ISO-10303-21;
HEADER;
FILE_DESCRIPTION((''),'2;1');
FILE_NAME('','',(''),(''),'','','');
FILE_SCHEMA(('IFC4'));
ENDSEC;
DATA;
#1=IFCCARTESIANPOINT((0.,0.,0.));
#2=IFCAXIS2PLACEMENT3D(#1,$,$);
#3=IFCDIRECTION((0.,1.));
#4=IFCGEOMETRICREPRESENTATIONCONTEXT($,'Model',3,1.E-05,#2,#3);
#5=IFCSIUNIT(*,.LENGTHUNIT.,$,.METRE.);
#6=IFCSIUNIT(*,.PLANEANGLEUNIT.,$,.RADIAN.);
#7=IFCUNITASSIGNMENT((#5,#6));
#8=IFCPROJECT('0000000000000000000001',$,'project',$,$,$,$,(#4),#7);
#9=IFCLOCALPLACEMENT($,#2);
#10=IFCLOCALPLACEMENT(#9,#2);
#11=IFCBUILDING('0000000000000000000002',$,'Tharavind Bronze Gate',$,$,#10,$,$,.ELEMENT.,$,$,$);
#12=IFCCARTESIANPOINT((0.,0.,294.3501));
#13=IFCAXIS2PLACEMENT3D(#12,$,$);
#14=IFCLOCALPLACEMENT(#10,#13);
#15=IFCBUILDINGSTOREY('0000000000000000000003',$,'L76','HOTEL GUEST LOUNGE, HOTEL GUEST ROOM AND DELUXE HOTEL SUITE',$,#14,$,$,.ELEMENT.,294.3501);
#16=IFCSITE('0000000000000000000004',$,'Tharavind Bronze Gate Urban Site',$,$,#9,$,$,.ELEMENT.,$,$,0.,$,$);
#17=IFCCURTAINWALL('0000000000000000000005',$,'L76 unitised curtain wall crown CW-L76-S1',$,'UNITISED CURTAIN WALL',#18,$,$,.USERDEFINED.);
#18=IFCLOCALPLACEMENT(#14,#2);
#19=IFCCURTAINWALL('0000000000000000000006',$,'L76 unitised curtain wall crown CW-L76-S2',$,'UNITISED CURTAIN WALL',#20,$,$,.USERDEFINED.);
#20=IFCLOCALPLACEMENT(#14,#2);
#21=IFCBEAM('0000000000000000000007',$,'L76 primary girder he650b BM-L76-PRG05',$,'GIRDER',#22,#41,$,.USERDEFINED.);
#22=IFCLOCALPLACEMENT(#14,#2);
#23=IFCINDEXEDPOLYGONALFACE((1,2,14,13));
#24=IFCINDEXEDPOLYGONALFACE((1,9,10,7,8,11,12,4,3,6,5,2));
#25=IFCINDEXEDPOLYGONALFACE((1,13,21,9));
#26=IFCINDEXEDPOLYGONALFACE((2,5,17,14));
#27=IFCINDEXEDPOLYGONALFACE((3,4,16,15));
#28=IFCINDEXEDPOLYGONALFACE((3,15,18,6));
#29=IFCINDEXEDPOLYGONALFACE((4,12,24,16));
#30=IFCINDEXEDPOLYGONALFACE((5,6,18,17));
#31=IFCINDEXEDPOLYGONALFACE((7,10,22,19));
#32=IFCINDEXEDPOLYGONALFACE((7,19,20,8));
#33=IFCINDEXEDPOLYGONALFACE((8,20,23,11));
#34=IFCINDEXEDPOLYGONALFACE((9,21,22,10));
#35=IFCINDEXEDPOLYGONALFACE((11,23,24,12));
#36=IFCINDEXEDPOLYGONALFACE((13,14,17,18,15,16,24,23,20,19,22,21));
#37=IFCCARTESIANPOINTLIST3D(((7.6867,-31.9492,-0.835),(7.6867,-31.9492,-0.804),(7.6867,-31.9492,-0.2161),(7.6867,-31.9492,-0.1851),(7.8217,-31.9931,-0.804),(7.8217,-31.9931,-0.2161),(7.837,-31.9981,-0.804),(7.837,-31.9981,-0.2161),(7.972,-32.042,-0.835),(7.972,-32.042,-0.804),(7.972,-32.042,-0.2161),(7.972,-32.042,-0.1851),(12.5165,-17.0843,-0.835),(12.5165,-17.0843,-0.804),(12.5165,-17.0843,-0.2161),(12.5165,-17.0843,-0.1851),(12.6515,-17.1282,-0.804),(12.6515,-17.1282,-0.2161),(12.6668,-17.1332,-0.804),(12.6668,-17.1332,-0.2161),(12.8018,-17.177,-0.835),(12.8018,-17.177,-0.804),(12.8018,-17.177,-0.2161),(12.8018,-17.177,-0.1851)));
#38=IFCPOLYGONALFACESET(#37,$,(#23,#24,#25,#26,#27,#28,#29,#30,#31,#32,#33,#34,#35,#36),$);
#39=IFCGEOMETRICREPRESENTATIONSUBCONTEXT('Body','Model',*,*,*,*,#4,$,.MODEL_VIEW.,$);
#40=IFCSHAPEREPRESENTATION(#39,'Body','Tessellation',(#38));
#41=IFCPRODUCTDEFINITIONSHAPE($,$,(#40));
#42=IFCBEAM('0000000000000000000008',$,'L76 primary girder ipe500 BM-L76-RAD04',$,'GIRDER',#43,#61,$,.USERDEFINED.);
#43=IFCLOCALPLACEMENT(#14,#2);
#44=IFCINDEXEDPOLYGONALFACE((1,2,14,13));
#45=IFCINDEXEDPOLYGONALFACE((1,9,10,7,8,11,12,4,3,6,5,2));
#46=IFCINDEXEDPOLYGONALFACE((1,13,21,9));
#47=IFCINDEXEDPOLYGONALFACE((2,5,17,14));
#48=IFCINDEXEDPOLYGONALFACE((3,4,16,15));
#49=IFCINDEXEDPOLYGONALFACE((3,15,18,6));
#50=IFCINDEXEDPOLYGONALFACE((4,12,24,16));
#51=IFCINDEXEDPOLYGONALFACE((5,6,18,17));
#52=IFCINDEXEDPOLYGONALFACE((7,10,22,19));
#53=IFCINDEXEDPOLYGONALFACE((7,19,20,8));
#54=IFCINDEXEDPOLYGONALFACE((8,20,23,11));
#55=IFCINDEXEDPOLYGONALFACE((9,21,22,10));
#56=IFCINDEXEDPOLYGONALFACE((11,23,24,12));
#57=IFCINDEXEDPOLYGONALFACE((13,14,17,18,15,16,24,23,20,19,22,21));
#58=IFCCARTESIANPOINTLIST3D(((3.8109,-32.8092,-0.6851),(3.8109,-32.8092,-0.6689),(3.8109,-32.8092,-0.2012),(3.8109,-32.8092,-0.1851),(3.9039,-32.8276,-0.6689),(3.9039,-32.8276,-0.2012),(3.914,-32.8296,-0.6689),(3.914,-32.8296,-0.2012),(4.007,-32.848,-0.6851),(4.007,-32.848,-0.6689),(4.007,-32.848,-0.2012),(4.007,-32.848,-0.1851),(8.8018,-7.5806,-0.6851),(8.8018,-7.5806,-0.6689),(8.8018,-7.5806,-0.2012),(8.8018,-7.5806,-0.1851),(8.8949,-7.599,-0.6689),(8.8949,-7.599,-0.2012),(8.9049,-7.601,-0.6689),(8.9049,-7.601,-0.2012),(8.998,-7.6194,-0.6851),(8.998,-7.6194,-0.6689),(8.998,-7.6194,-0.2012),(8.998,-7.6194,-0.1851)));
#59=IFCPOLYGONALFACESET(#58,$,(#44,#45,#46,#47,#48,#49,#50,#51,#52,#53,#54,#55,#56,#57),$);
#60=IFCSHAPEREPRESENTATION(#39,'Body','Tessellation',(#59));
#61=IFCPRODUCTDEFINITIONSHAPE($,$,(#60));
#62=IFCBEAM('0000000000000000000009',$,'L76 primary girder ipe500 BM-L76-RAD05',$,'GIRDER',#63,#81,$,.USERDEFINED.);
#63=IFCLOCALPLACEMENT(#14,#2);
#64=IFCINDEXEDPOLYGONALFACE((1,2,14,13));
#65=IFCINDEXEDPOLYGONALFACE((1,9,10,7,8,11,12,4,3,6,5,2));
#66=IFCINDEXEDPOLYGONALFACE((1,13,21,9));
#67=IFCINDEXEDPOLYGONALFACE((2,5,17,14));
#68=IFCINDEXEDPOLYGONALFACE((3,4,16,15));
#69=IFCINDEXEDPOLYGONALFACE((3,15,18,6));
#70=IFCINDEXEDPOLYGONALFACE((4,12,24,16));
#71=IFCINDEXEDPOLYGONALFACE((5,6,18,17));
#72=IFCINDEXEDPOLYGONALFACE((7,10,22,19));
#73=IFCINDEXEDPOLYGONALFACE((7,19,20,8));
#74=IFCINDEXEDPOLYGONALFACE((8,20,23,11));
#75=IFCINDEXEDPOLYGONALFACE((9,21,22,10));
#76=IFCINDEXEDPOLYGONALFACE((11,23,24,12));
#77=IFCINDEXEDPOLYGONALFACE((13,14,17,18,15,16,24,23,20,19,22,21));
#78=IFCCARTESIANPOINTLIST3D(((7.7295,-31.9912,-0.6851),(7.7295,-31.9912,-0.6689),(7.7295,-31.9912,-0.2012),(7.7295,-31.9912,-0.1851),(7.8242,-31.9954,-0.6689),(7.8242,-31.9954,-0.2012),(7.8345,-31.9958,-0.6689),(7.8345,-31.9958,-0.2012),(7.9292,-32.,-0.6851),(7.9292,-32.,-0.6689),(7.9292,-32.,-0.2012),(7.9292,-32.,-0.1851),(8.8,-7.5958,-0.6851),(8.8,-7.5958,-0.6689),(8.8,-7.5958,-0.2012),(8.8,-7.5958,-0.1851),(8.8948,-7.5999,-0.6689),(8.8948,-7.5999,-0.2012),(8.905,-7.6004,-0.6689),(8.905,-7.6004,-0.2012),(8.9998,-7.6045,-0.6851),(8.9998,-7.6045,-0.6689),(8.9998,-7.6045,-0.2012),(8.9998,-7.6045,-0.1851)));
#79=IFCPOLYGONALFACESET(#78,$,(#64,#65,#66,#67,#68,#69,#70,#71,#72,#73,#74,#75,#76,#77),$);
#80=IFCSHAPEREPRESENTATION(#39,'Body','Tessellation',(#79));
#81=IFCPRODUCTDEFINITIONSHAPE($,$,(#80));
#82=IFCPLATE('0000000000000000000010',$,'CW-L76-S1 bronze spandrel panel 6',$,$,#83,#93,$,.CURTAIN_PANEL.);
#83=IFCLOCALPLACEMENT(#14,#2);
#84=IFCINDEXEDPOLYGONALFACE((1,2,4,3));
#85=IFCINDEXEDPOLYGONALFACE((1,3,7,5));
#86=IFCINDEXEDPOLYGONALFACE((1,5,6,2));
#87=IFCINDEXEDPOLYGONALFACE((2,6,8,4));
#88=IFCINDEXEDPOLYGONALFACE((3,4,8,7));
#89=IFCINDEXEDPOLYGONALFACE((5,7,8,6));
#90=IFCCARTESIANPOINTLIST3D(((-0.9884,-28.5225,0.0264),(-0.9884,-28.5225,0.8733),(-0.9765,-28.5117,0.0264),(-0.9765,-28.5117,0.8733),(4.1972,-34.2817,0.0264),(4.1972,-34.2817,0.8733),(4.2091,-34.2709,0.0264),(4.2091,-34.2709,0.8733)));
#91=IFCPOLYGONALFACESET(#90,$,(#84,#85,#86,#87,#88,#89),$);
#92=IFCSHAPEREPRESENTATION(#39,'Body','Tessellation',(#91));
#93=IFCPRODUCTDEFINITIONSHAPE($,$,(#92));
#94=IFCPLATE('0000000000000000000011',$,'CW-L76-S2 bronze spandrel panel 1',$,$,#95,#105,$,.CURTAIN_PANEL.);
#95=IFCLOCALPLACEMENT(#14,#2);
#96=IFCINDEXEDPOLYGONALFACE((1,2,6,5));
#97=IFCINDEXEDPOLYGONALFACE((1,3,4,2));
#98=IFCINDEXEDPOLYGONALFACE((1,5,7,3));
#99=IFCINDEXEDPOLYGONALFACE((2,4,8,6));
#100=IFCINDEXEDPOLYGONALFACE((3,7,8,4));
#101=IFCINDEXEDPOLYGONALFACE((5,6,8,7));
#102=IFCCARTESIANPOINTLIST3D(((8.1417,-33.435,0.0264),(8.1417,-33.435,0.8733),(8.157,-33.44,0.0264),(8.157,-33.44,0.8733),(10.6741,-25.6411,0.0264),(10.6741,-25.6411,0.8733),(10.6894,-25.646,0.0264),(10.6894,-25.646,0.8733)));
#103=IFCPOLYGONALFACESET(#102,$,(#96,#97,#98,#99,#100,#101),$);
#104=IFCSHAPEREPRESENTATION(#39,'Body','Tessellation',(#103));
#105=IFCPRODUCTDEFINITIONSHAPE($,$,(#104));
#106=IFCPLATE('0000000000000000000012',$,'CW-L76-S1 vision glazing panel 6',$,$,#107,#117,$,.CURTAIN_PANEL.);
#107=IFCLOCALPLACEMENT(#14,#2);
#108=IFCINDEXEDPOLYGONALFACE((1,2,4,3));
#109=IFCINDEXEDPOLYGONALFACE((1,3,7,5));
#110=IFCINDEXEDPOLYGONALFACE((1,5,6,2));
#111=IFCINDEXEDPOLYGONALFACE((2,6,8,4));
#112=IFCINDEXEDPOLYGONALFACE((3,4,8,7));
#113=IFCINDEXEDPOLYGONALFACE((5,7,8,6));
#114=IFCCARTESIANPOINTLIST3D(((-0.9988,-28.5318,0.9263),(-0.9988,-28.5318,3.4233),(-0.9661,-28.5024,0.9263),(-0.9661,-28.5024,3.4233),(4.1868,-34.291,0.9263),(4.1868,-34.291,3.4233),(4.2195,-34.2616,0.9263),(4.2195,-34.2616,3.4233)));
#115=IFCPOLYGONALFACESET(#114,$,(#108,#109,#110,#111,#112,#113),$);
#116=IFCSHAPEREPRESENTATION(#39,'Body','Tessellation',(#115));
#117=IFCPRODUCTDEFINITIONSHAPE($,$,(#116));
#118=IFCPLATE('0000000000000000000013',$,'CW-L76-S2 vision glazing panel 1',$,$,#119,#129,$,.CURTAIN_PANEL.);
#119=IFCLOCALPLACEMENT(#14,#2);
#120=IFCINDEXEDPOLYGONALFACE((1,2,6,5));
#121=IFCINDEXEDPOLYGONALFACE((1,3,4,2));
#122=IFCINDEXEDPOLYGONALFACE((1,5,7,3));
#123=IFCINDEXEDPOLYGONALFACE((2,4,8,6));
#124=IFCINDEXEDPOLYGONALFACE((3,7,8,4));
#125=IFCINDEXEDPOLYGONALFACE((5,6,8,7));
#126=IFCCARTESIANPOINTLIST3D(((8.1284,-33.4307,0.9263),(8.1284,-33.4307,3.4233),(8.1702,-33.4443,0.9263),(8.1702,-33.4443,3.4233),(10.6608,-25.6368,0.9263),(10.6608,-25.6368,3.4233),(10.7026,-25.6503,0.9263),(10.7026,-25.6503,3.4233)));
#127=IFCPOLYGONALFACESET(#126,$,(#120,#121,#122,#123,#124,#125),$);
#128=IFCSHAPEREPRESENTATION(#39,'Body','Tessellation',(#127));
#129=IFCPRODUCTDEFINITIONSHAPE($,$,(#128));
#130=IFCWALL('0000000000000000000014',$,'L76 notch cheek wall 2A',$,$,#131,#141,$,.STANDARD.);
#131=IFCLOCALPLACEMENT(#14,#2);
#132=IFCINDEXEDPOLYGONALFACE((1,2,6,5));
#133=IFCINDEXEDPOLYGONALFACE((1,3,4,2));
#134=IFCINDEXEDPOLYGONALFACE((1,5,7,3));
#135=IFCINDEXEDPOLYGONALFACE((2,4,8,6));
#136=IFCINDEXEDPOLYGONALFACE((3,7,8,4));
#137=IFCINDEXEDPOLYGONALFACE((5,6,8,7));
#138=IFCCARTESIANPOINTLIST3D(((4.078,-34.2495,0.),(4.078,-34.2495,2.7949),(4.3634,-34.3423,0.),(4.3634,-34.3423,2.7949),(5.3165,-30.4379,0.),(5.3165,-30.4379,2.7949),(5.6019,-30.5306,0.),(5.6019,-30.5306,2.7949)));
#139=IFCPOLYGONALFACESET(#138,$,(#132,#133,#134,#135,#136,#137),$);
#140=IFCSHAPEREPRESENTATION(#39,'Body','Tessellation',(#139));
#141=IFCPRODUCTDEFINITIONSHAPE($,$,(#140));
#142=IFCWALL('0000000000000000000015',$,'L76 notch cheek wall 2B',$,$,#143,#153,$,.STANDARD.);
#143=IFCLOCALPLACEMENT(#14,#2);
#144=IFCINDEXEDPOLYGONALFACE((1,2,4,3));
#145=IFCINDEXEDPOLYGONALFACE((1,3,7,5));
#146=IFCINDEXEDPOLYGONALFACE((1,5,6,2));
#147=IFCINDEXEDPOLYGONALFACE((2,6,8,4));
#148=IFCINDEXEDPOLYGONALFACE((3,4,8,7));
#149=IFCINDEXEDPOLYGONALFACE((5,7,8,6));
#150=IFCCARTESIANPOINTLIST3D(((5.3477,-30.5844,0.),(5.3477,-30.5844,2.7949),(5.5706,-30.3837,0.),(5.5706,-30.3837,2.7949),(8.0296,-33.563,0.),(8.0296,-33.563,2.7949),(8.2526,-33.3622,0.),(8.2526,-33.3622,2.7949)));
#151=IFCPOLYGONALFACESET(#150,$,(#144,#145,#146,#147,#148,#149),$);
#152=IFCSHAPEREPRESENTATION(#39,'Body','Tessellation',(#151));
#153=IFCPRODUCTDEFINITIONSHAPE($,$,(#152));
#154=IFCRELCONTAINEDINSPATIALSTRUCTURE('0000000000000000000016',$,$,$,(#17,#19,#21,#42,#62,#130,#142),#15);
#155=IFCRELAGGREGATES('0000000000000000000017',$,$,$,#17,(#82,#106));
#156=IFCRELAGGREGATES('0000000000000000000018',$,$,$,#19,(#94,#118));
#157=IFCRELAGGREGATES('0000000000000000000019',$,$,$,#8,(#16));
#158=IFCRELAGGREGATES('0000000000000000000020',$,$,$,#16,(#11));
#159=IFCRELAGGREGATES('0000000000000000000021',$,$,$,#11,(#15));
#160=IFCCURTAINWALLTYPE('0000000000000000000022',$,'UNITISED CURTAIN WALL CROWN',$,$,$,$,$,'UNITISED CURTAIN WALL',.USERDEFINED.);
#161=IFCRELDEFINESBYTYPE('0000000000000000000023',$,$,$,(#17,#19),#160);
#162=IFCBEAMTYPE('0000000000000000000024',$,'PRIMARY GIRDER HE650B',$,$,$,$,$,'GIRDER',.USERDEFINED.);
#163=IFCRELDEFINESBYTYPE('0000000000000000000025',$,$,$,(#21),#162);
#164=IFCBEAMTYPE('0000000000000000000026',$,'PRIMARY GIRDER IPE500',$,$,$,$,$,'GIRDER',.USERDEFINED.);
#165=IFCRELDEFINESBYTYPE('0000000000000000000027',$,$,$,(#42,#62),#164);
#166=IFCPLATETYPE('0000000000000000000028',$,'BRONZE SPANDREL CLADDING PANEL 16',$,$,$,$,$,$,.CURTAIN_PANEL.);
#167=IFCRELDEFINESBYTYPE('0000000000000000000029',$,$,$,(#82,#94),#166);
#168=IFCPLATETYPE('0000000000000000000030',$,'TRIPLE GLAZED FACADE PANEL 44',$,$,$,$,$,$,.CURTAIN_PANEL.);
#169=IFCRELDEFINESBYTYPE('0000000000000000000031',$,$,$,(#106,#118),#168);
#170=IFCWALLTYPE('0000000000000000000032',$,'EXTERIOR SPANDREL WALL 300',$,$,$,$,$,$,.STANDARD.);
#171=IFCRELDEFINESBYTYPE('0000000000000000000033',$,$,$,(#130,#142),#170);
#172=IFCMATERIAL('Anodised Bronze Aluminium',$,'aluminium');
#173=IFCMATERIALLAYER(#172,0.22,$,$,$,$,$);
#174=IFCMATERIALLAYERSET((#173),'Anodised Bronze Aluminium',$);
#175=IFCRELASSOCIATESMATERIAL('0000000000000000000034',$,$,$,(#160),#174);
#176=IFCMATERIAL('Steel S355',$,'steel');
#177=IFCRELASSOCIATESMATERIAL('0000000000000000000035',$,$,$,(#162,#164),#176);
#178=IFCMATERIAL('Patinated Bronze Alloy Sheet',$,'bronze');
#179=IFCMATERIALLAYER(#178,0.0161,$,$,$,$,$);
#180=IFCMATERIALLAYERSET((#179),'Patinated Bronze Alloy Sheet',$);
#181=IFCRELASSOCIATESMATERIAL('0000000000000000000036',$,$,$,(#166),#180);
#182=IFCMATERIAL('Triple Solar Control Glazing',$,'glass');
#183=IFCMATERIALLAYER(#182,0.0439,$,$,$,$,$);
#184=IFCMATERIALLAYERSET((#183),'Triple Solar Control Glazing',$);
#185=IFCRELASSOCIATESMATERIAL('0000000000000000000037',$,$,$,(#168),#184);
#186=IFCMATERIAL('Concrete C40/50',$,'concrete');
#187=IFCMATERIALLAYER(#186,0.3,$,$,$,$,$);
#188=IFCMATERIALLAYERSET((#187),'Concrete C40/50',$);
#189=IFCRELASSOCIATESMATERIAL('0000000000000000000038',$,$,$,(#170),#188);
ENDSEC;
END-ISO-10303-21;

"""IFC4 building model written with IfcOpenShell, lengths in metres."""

from ifc_helpers import new_model, si_unit, direction, frame, frame_2d, origin, origin_2d, place, context, subcontext, project, spatial, rectangle, i_section, extrude, material, layer, layer_set, material_profile, profile_set, type_object, element, aggregate, save


model = new_model("IFC4")

# Units and contexts
model_context = context("Model", 3, precision=1e-05, world=origin(), true_north=direction((0.0, 1.0)))
body_context = subcontext(model_context, "Body", "Model", "MODEL_VIEW")
ifc_project = project(units=[si_unit("LENGTHUNIT", "METRE"), si_unit("PLANEANGLEUNIT", "RADIAN")], contexts=[model_context])

# Site, building, storey
site_placement = place(None, origin())
site = spatial("IfcSite", under=ifc_project, at=site_placement, Name="Tharavind Bronze Gate Urban Site", CompositionType="ELEMENT", RefElevation=0.0)
building_placement = place(site_placement, origin())
building = spatial("IfcBuilding", under=site, at=building_placement, Name="Tharavind Bronze Gate", CompositionType="ELEMENT")
storey_placement = place(building_placement, frame((0.0, 0.0, 294.3501)))
storey = spatial("IfcBuildingStorey", under=building, at=storey_placement, Name="L76", Description="HOTEL GUEST LOUNGE, HOTEL GUEST ROOM AND DELUXE HOTEL SUITE", CompositionType="ELEMENT", Elevation=294.3501)

# Curtain wall
ifc_material_1 = material(Name="Anodised Bronze Aluminium", Category="aluminium")
ifc_layer_1 = layer(ifc_material_1, 0.22)
ifc_layer_set_1 = layer_set([ifc_layer_1], Name="Anodised Bronze Aluminium")
curtain_wall_type = type_object("IfcCurtainWallType", Name="UNITISED CURTAIN WALL CROWN", ElementType="UNITISED CURTAIN WALL", PredefinedType="USERDEFINED", material=ifc_layer_set_1)
curtain_wall_1_placement = place(storey_placement, origin())
curtain_wall_1 = element("IfcCurtainWall", 1, at=curtain_wall_1_placement, inside=storey, type_object=curtain_wall_type, Name="L76 unitised curtain wall crown CW-L76-S1", ObjectType="UNITISED CURTAIN WALL", PredefinedType="USERDEFINED")

# Curtain wall
curtain_wall_2_placement = place(storey_placement, origin())
curtain_wall_2 = element("IfcCurtainWall", 2, at=curtain_wall_2_placement, inside=storey, type_object=curtain_wall_type, Name="L76 unitised curtain wall crown CW-L76-S2", ObjectType="UNITISED CURTAIN WALL", PredefinedType="USERDEFINED")

# Beams
ifc_material_2 = material(Name="Steel S355", Category="steel")
ifc_material_profile_1 = material_profile(ifc_material_2, i_section(OverallWidth=0.3, OverallDepth=0.6499, WebThickness=0.0161, FlangeThickness=0.031, at=origin_2d()), Name="HE650B")
ifc_profile_set_1 = profile_set([ifc_material_profile_1], Name="Steel S355")
beam_type_1 = type_object("IfcBeamType", Name="PRIMARY GIRDER HE650B", ElementType="GIRDER", PredefinedType="USERDEFINED", material=ifc_profile_set_1)
beam_1_placement = place(storey_placement, frame((7.8293, -31.9956, -0.51), z_axis=(0.309012, 0.951058, 0.0), x_axis=(-0.951058, 0.309012, 0.0)))
element("IfcBeam", 3, at=beam_1_placement, inside=storey, type_object=beam_type_1, Name="L76 primary girder he650b BM-L76-PRG05", ObjectType="GIRDER", PredefinedType="USERDEFINED", context=body_context, shape_type="SweptSolid", body=[
    extrude(i_section(OverallWidth=0.3, OverallDepth=0.6499, WebThickness=0.0161, FlangeThickness=0.031, at=origin_2d()), origin(), (0.0, 0.0, 1.0), 15.6299),
])
ifc_material_profile_2 = material_profile(ifc_material_2, i_section(OverallWidth=0.2, OverallDepth=0.5, WebThickness=0.0103, FlangeThickness=0.0161, at=origin_2d()), Name="IPE500")
ifc_profile_set_2 = profile_set([ifc_material_profile_2], Name="Steel S355")
beam_type_2 = type_object("IfcBeamType", Name="PRIMARY GIRDER IPE500", ElementType="GIRDER", PredefinedType="USERDEFINED", material=ifc_profile_set_2)
beam_2_placement = place(storey_placement, frame((3.9089, -32.8286, -0.4351), z_axis=(0.194069, 0.980988, 0.0), x_axis=(-0.980988, 0.194069, 0.0)))
element("IfcBeam", 4, at=beam_2_placement, inside=storey, type_object=beam_type_2, Name="L76 primary girder ipe500 BM-L76-RAD04", ObjectType="GIRDER", PredefinedType="USERDEFINED", context=body_context, shape_type="SweptSolid", body=[
    extrude(i_section(OverallWidth=0.2, OverallDepth=0.5, WebThickness=0.0103, FlangeThickness=0.0161, at=origin_2d()), origin(), (0.0, 0.0, 1.0), 25.7175),
])
beam_3_placement = place(storey_placement, frame((7.8293, -31.9956, -0.4351), z_axis=(0.043841, 0.999039, 0.0), x_axis=(-0.999039, 0.043841, 0.0)))
element("IfcBeam", 5, at=beam_3_placement, inside=storey, type_object=beam_type_2, Name="L76 primary girder ipe500 BM-L76-RAD05", ObjectType="GIRDER", PredefinedType="USERDEFINED", context=body_context, shape_type="SweptSolid", body=[
    extrude(i_section(OverallWidth=0.2, OverallDepth=0.5, WebThickness=0.0103, FlangeThickness=0.0161, at=origin_2d()), origin(), (0.0, 0.0, 1.0), 24.4189),
])

# Plates
ifc_material_3 = material(Name="Patinated Bronze Alloy Sheet", Category="bronze")
ifc_layer_2 = layer(ifc_material_3, 0.0161)
ifc_layer_set_2 = layer_set([ifc_layer_2], Name="Patinated Bronze Alloy Sheet")
plate_type_1 = type_object("IfcPlateType", Name="BRONZE SPANDREL CLADDING PANEL 16", PredefinedType="CURTAIN_PANEL", material=ifc_layer_set_2)
plate_1_placement = place(storey_placement, frame((1.6104, -31.3967, 0.0264), z_axis=(0.0, 0.0, 1.0), x_axis=(0.669131, -0.743145, 0.0)))
plate_1 = element("IfcPlate", 6, at=plate_1_placement, type_object=plate_type_1, Name="CW-L76-S1 bronze spandrel panel 6", PredefinedType="CURTAIN_PANEL", context=body_context, shape_type="SweptSolid", body=[
    extrude(rectangle(XDim=7.7498, YDim=0.0161, at=origin_2d()), origin(), (0.0, 0.0, 1.0), 0.8469),
])
plate_2_placement = place(storey_placement, frame((9.4155, -29.5405, 0.0264), z_axis=(0.0, 0.0, 1.0), x_axis=(0.309017, 0.951057, 0.0)))
plate_2 = element("IfcPlate", 7, at=plate_2_placement, type_object=plate_type_1, Name="CW-L76-S2 bronze spandrel panel 1", PredefinedType="CURTAIN_PANEL", context=body_context, shape_type="SweptSolid", body=[
    extrude(rectangle(XDim=8.1951, YDim=0.0161, at=origin_2d()), origin(), (0.0, 0.0, 1.0), 0.8469),
])
ifc_material_4 = material(Name="Triple Solar Control Glazing", Category="glass")
ifc_layer_3 = layer(ifc_material_4, 0.0439)
ifc_layer_set_3 = layer_set([ifc_layer_3], Name="Triple Solar Control Glazing")
plate_type_2 = type_object("IfcPlateType", Name="TRIPLE GLAZED FACADE PANEL 44", PredefinedType="CURTAIN_PANEL", material=ifc_layer_set_3)
plate_3_placement = place(storey_placement, frame((1.6104, -31.3967, 0.9263), z_axis=(0.0, 0.0, 1.0), x_axis=(0.669131, -0.743145, 0.0)))
plate_3 = element("IfcPlate", 8, at=plate_3_placement, type_object=plate_type_2, Name="CW-L76-S1 vision glazing panel 6", PredefinedType="CURTAIN_PANEL", context=body_context, shape_type="SweptSolid", body=[
    extrude(rectangle(XDim=7.7498, YDim=0.0439, at=origin_2d()), origin(), (0.0, 0.0, 1.0), 2.4971),
])
aggregate(curtain_wall_1, [plate_1, plate_3])
plate_4_placement = place(storey_placement, frame((9.4155, -29.5405, 0.9263), z_axis=(0.0, 0.0, 1.0), x_axis=(0.309017, 0.951057, 0.0)))
plate_4 = element("IfcPlate", 9, at=plate_4_placement, type_object=plate_type_2, Name="CW-L76-S2 vision glazing panel 1", PredefinedType="CURTAIN_PANEL", context=body_context, shape_type="SweptSolid", body=[
    extrude(rectangle(XDim=8.1951, YDim=0.0439, at=origin_2d()), origin(), (0.0, 0.0, 1.0), 2.4971),
])
aggregate(curtain_wall_2, [plate_2, plate_4])

# Walls
ifc_material_5 = material(Name="Concrete C40/50", Category="concrete")
ifc_layer_4 = layer(ifc_material_5, 0.3)
ifc_layer_set_4 = layer_set([ifc_layer_4], Name="Concrete C40/50")
wall_type = type_object("IfcWallType", Name="EXTERIOR SPANDREL WALL 300", PredefinedType="STANDARD", material=ifc_layer_set_4)
wall_1_placement = place(storey_placement, frame((4.2207, -34.2959, 0.0), z_axis=(0.0, 0.0, 1.0), x_axis=(0.309019, 0.951056, 0.0)))
element("IfcWall", 10, at=wall_1_placement, inside=storey, type_object=wall_type, Name="L76 notch cheek wall 2A", PredefinedType="STANDARD", context=body_context, shape_type="SweptSolid", body=[
    extrude(rectangle(XDim=4.0078, YDim=0.3, at=frame_2d((2.0039, 0.0))), origin(), (0.0, 0.0, 1.0), 2.7949),
])
wall_2_placement = place(storey_placement, frame((5.4592, -30.4841, 0.0), z_axis=(0.0, 0.0, 1.0), x_axis=(0.669133, -0.743143, 0.0)))
element("IfcWall", 11, at=wall_2_placement, inside=storey, type_object=wall_type, Name="L76 notch cheek wall 2B", PredefinedType="STANDARD", context=body_context, shape_type="SweptSolid", body=[
    extrude(rectangle(XDim=4.0081, YDim=0.3, at=frame_2d((2.0039, 0.0))), origin(), (0.0, 0.0, 1.0), 2.7949),
])

save(model, "model.ifc")
